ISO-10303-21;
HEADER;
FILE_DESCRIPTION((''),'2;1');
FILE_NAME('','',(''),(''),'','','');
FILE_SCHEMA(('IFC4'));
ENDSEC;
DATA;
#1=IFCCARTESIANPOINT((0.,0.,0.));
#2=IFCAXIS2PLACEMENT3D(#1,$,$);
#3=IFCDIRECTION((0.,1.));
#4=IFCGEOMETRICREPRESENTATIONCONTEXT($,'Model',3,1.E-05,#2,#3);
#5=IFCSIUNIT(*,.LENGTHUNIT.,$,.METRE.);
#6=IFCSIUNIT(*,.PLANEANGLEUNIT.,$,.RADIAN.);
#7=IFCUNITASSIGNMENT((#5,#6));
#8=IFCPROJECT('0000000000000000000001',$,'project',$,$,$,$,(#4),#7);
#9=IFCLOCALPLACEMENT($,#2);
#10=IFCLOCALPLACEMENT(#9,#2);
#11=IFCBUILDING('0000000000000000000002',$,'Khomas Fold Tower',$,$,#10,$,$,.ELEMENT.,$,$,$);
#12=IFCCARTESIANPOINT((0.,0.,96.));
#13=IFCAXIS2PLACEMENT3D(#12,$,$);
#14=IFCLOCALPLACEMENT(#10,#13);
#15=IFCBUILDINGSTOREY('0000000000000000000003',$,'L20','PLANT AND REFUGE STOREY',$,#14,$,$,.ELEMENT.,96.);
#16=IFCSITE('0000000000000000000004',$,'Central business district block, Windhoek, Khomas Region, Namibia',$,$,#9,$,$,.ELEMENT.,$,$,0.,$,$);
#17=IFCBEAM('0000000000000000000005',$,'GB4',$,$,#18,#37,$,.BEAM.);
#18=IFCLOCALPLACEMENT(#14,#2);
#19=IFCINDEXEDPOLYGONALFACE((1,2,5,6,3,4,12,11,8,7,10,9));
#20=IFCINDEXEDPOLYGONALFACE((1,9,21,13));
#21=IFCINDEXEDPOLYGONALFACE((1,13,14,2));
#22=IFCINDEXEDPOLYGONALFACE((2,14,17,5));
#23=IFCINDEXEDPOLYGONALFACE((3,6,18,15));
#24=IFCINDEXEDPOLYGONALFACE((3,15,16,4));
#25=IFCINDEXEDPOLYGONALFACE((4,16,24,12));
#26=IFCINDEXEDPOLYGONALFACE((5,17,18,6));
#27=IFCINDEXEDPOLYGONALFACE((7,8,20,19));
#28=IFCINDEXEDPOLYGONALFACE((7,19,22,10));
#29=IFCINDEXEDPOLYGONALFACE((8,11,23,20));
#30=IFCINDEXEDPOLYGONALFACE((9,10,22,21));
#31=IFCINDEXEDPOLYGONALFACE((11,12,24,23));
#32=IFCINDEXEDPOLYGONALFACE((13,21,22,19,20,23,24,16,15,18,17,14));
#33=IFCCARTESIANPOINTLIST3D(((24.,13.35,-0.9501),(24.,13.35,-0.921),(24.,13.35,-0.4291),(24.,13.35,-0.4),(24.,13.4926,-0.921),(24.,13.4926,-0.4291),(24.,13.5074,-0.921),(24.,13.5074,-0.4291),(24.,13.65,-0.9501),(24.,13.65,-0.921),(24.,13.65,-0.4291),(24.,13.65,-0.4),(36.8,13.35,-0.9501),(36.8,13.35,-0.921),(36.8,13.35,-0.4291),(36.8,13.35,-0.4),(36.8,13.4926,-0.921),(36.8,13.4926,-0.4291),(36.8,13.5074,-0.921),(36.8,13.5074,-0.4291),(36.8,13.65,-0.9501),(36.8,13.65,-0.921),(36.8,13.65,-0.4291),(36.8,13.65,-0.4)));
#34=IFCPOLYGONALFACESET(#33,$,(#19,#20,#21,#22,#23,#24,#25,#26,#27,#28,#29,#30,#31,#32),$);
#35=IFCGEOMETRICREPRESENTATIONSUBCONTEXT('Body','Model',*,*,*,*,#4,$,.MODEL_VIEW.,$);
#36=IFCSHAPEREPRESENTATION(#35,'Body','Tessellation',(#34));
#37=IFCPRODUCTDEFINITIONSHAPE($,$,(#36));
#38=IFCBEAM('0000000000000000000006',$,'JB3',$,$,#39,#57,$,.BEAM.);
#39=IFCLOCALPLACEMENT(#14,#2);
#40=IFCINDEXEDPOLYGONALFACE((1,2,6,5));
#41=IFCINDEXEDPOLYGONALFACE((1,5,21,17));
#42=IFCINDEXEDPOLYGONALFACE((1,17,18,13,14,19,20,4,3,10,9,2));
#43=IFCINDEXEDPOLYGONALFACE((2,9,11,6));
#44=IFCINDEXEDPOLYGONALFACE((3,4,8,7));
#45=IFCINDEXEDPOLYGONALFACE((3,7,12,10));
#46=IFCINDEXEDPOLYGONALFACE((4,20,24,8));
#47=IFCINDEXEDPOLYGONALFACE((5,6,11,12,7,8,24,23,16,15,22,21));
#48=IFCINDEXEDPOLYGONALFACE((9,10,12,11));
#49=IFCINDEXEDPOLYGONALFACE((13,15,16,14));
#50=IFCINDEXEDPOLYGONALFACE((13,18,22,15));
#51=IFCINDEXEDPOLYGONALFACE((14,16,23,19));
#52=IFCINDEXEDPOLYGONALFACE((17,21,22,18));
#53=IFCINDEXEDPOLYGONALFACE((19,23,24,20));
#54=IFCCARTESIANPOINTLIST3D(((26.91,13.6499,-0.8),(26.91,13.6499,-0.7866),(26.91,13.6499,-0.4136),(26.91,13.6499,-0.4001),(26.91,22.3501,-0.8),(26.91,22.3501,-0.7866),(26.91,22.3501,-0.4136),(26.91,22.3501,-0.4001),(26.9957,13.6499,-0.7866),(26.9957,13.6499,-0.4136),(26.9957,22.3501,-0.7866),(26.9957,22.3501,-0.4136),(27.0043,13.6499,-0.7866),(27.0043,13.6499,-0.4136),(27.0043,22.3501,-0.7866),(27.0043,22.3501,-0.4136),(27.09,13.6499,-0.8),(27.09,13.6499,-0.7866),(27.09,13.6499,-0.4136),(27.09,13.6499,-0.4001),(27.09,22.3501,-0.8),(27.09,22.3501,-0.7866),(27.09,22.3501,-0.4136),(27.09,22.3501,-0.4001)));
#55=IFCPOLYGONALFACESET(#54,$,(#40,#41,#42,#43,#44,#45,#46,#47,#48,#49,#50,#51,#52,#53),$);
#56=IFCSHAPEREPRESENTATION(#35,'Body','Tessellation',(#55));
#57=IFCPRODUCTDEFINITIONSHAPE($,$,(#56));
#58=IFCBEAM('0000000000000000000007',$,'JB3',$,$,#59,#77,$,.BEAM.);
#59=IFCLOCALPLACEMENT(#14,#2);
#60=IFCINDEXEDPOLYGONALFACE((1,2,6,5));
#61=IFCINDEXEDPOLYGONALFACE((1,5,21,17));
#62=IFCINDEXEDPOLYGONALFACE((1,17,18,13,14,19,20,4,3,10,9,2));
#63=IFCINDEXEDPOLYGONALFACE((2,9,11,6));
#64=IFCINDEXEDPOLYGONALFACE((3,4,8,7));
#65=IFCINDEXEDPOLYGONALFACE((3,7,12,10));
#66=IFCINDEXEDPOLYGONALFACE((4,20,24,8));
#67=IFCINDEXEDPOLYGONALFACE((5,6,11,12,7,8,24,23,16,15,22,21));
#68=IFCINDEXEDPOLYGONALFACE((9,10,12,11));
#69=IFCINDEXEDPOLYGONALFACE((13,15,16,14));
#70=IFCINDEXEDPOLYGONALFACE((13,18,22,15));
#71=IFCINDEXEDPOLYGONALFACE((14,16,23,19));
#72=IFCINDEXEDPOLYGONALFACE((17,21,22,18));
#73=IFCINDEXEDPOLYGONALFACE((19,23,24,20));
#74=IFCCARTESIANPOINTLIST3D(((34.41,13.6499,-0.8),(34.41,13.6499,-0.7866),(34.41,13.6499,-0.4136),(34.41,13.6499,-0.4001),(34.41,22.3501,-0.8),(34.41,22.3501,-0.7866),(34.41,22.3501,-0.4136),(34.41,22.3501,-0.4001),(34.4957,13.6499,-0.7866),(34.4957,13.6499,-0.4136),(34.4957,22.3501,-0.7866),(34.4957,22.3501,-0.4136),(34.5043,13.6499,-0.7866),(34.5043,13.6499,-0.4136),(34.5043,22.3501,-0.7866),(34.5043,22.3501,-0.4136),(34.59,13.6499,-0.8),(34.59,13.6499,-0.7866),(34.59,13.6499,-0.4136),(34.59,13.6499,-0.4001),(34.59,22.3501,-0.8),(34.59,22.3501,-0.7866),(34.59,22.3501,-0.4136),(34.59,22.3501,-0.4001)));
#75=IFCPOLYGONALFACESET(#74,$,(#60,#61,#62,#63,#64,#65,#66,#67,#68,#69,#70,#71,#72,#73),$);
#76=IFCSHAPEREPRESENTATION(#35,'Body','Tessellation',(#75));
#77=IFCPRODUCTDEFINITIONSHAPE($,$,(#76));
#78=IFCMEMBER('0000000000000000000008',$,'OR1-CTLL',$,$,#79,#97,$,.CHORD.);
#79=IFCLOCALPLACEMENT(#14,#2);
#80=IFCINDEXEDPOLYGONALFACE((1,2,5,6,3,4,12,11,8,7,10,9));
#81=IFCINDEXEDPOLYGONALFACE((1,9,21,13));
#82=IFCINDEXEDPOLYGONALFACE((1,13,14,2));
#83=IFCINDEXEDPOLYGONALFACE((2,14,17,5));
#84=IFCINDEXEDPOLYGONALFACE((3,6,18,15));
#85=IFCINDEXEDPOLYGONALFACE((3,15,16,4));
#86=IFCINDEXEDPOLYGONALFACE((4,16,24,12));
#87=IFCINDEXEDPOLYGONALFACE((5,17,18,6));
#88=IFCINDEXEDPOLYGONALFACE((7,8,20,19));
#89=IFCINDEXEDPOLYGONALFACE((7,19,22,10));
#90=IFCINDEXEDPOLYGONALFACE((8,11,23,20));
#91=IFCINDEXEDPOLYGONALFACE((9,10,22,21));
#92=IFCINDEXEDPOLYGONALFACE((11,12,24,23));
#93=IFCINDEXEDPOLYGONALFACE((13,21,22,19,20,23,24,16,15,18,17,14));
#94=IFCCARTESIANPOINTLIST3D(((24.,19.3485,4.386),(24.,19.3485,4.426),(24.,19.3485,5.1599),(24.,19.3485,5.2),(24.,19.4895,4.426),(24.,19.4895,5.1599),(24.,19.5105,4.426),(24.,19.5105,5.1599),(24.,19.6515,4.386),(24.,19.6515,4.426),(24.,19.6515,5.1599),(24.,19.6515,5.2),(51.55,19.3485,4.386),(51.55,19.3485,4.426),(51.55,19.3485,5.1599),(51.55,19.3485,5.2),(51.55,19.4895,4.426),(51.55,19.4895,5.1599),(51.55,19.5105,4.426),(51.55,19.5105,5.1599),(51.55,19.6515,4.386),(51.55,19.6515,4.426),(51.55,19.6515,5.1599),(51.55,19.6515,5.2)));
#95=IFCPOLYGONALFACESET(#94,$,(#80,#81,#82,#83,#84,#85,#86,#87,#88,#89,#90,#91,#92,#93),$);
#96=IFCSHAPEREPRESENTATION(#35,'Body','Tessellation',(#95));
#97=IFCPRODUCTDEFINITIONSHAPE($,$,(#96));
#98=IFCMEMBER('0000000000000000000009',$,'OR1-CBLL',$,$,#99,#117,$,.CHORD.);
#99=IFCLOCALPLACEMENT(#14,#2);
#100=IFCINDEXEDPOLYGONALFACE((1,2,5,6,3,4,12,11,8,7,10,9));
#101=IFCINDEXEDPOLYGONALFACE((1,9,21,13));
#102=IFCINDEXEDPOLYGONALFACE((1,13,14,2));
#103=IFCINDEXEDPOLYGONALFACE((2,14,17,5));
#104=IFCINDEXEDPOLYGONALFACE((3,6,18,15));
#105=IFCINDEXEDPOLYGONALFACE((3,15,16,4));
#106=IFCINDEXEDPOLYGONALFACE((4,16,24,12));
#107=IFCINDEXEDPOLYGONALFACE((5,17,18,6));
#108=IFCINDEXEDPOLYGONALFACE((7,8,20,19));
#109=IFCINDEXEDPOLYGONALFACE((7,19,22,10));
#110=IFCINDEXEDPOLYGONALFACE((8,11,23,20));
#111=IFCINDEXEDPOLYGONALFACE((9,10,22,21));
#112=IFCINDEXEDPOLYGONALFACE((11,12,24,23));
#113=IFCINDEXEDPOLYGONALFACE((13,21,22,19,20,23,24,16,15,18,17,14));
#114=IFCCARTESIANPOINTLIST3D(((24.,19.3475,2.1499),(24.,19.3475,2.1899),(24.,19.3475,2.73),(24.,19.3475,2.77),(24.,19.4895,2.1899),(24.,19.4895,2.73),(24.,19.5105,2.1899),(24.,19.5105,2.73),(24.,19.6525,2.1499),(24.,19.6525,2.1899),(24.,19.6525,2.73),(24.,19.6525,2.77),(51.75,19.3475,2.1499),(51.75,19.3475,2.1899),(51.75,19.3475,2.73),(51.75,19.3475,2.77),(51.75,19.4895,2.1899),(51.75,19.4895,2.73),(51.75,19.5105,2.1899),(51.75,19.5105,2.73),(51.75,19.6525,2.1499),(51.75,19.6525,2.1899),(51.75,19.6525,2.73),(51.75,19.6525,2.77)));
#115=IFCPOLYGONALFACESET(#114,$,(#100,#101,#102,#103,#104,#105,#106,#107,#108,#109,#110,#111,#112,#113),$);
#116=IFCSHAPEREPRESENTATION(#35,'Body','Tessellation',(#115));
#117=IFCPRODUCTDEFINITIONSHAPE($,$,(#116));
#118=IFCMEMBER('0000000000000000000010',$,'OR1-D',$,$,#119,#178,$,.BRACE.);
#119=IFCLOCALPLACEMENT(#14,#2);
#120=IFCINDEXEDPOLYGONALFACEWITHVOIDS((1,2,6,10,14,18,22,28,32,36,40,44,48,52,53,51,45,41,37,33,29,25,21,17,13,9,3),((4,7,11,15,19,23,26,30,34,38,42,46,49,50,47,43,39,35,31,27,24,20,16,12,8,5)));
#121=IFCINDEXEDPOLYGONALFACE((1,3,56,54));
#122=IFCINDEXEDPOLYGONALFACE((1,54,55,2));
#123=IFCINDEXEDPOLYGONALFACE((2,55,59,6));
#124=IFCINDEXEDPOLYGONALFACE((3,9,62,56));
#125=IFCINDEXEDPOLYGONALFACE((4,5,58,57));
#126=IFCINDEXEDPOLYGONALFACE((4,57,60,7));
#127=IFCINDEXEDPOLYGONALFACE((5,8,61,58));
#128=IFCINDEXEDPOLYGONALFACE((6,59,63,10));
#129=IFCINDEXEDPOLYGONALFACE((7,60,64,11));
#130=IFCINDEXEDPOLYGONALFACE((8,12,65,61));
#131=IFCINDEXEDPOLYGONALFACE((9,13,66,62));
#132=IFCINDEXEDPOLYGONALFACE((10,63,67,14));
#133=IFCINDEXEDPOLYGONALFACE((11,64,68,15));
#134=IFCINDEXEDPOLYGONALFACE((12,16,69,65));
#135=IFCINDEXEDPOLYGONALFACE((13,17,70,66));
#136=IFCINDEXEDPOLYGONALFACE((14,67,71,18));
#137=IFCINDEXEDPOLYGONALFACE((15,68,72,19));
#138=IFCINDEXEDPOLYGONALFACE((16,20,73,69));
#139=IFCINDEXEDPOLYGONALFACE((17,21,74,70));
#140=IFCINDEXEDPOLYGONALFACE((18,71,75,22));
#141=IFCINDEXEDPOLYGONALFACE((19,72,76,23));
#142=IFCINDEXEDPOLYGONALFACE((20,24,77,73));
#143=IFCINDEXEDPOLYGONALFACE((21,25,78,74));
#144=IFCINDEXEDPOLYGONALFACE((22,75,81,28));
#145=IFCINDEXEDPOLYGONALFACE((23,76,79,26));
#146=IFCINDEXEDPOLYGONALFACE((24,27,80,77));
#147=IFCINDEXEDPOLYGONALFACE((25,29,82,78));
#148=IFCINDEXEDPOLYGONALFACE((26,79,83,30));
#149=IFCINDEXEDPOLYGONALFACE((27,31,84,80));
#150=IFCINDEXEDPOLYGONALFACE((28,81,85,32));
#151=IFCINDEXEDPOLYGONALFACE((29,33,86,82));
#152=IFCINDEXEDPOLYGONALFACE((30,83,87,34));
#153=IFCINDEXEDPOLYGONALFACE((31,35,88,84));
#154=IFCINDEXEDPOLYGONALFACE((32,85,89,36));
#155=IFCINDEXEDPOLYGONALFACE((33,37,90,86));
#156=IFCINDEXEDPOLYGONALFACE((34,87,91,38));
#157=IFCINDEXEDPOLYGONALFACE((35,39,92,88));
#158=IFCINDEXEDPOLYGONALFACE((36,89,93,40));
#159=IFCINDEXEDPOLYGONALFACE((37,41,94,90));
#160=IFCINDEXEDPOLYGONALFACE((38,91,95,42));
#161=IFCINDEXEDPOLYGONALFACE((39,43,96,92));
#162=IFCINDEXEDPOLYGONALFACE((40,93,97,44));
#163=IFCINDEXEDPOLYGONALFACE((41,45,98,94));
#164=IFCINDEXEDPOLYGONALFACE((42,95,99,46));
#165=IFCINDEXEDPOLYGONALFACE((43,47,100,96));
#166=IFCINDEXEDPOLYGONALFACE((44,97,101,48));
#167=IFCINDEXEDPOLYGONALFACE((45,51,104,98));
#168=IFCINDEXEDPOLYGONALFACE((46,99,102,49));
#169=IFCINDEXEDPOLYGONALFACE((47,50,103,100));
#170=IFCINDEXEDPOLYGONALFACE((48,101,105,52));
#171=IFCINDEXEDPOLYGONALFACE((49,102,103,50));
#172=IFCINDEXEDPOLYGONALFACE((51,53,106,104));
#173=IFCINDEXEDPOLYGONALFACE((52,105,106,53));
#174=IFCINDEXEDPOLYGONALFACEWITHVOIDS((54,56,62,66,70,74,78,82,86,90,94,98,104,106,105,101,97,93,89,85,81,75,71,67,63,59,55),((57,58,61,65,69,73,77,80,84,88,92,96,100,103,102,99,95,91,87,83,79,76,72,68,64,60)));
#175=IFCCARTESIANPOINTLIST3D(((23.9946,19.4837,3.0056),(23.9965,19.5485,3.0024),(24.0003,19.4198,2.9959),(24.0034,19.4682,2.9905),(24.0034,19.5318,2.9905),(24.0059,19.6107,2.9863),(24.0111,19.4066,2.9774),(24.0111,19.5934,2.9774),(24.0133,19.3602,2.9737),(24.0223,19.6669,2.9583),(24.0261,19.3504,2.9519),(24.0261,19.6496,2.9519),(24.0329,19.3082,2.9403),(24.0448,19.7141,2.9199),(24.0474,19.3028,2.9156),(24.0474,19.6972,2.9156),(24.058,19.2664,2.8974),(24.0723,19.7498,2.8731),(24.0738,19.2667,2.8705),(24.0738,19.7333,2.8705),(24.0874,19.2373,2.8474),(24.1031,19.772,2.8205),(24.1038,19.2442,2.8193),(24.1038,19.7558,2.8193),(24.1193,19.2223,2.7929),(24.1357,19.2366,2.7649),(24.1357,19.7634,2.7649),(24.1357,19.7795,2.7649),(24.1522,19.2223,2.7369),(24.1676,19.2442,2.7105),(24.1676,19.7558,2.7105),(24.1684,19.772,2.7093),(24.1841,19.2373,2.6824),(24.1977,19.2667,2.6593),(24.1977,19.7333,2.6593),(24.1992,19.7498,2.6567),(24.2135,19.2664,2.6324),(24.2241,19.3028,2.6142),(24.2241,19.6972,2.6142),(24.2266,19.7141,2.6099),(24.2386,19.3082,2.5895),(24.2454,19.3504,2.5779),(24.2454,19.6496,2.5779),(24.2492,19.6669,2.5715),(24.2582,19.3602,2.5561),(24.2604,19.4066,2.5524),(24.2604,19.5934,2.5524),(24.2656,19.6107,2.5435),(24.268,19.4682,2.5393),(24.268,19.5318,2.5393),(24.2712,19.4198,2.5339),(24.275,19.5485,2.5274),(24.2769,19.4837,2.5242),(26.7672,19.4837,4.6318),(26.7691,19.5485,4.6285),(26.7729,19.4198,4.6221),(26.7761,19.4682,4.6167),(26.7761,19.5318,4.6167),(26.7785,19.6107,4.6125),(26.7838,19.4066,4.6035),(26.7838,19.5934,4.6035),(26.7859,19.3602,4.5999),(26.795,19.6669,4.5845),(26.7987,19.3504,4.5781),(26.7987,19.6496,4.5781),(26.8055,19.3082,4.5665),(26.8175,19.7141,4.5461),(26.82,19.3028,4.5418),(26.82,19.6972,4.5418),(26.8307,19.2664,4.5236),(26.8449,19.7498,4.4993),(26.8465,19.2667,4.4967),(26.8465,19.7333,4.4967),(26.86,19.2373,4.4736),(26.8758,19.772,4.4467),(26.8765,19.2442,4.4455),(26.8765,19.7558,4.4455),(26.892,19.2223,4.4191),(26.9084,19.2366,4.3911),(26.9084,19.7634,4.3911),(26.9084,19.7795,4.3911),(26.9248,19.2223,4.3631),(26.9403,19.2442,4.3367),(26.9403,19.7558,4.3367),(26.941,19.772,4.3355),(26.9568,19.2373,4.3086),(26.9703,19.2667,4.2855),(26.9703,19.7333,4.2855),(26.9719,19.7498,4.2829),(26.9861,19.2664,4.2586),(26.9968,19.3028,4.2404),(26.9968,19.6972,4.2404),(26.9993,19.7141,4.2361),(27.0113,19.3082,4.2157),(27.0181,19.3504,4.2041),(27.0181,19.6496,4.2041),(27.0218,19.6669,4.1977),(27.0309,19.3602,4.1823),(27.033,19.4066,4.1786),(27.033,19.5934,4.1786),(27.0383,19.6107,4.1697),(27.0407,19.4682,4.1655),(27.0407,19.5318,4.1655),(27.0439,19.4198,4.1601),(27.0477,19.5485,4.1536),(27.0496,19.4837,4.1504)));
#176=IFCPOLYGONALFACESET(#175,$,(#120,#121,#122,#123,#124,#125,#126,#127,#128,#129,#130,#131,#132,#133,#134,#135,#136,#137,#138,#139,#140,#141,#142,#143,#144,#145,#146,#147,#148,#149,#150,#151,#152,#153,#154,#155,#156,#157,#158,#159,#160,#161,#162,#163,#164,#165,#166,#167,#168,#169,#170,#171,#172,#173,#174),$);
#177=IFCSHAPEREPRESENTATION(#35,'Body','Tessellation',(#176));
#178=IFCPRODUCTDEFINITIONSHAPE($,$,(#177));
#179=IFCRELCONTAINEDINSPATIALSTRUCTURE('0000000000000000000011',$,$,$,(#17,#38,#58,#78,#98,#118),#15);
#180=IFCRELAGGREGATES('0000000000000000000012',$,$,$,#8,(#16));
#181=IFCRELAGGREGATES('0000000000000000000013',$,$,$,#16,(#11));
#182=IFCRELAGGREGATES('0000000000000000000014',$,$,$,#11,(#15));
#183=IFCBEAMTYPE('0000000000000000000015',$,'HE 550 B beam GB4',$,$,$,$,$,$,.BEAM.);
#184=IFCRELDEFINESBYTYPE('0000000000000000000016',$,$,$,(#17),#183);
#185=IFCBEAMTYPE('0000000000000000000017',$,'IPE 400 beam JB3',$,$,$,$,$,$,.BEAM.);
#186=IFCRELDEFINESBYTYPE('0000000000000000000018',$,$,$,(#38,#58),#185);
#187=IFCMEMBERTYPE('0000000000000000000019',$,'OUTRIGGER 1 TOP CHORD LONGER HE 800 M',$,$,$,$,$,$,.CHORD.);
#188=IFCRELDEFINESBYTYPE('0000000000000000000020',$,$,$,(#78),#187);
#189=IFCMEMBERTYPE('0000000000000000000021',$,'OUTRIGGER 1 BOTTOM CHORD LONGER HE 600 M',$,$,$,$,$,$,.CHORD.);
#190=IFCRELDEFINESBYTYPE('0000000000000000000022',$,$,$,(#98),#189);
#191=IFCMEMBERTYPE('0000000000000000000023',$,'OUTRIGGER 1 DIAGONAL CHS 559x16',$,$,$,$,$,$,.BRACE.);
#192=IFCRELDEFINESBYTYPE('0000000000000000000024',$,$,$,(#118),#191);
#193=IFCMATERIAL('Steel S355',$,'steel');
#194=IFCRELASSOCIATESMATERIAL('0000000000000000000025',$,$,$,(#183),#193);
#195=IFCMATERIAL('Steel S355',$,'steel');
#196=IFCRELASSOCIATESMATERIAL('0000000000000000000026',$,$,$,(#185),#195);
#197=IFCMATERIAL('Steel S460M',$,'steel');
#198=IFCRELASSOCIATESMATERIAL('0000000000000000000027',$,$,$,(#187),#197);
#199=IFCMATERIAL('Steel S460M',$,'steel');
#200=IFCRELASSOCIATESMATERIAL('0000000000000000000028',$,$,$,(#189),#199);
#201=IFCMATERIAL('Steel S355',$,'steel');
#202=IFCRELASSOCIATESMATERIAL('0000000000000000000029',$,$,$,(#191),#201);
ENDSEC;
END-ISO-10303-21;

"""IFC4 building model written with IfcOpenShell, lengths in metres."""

from ifc_helpers import new_model, si_unit, direction, frame, origin, origin_2d, place, context, subcontext, project, spatial, hollow_circle, i_section, extrude, source, transform, mapped, material, material_profile, profile_set, type_object, element, save


model = new_model("IFC4")

# Units and contexts
model_context = context("Model", 3, precision=1e-05, world=origin(), true_north=direction((0.0, 1.0)))
body_context = subcontext(model_context, "Body", "Model", "MODEL_VIEW")
ifc_project = project(units=[si_unit("LENGTHUNIT", "METRE"), si_unit("PLANEANGLEUNIT", "RADIAN")], contexts=[model_context])

# Site, building, storey
site_placement = place(None, origin())
site = spatial("IfcSite", under=ifc_project, at=site_placement, Name="Central business district block, Windhoek, Khomas Region, Namibia", CompositionType="ELEMENT", RefElevation=0.0)
building_placement = place(site_placement, origin())
building = spatial("IfcBuilding", under=site, at=building_placement, Name="Khomas Fold Tower", CompositionType="ELEMENT")
storey_placement = place(building_placement, frame((0.0, 0.0, 96.0)))
storey = spatial("IfcBuildingStorey", under=building, at=storey_placement, Name="L20", Description="PLANT AND REFUGE STOREY", CompositionType="ELEMENT", Elevation=96.0)

# Beams
ifc_material_1 = material(Name="Steel S355", Category="steel")
ifc_material_profile_1 = material_profile(ifc_material_1, i_section(OverallWidth=0.3, OverallDepth=0.55, WebThickness=0.0149, FlangeThickness=0.0291, at=origin_2d()), Name="HE 550 B")
ifc_profile_set_1 = profile_set([ifc_material_profile_1], Name="Steel S355")
beam_type_1 = type_object("IfcBeamType", Name="HE 550 B beam GB4", PredefinedType="BEAM", material=ifc_profile_set_1)
shared_shape_1 = source(origin(), body_context, "Body", "SweptSolid", [
    extrude(i_section(OverallWidth=0.3, OverallDepth=0.55, WebThickness=0.0149, FlangeThickness=0.0291, at=origin_2d()), origin(), (0.0, 0.0, 1.0), 12.8),
])
beam_placement = place(storey_placement, frame((24.0, 13.5, -0.675), z_axis=(1.0, 0.0, 0.0), x_axis=(0.0, 1.0, 0.0)))
element("IfcBeam", 1, at=beam_placement, inside=storey, type_object=beam_type_1, Name="GB4", PredefinedType="BEAM", context=body_context, shape_type="MappedRepresentation", body=[
    mapped(shared_shape_1, transform((0.0, 0.0, 0.0))),
])
ifc_material_2 = material(Name="Steel S355", Category="steel")
ifc_material_profile_2 = material_profile(ifc_material_2, i_section(OverallWidth=0.1799, OverallDepth=0.3999, WebThickness=0.0085, FlangeThickness=0.0134, at=origin_2d()), Name="IPE 400")
ifc_profile_set_2 = profile_set([ifc_material_profile_2], Name="Steel S355")
beam_type_2 = type_object("IfcBeamType", Name="IPE 400 beam JB3", PredefinedType="BEAM", material=ifc_profile_set_2)
shared_shape_2 = source(origin(), body_context, "Body", "SweptSolid", [
    extrude(i_section(OverallWidth=0.1799, OverallDepth=0.3999, WebThickness=0.0085, FlangeThickness=0.0134, at=origin_2d()), origin(), (0.0, 0.0, 1.0), 8.7002),
])
for number, where, z_axis, x_axis, name in (
    (2, (27.0, 13.6499, -0.6001), (0.0, 1.0, 0.0), (-1.0, 0.0, 0.0), "JB3"),
    (3, (34.5, 13.6499, -0.6001), (0.0, 1.0, 0.0), (-1.0, 0.0, 0.0), "JB3"),
):
    element("IfcBeam", number, at=place(storey_placement, frame(where, z_axis=z_axis, x_axis=x_axis)), inside=storey, type_object=beam_type_2, Name=name, PredefinedType="BEAM", context=body_context, shape_type="MappedRepresentation", body=[
        mapped(shared_shape_2, transform((0.0, 0.0, 0.0))),
    ])

# Members
ifc_material_3 = material(Name="Steel S460M", Category="steel")
ifc_material_profile_3 = material_profile(ifc_material_3, i_section(OverallWidth=0.303, OverallDepth=0.814, WebThickness=0.021, FlangeThickness=0.04, at=origin_2d()), Name="HE 800 M")
ifc_profile_set_3 = profile_set([ifc_material_profile_3], Name="Steel S460M")
member_type_1 = type_object("IfcMemberType", Name="OUTRIGGER 1 TOP CHORD LONGER HE 800 M", PredefinedType="CHORD", material=ifc_profile_set_3)
shared_shape_3 = source(origin(), body_context, "Body", "SweptSolid", [
    extrude(i_section(OverallWidth=0.303, OverallDepth=0.814, WebThickness=0.021, FlangeThickness=0.04, at=origin_2d()), origin(), (0.0, 0.0, 1.0), 27.55),
])
member_1_placement = place(storey_placement, frame((24.0, 19.5, 4.793), z_axis=(1.0, 0.0, 0.0), x_axis=(0.0, 1.0, 0.0)))
element("IfcMember", 4, at=member_1_placement, inside=storey, type_object=member_type_1, Name="OR1-CTLL", PredefinedType="CHORD", context=body_context, shape_type="MappedRepresentation", body=[
    mapped(shared_shape_3, transform((0.0, 0.0, 0.0))),
])
ifc_material_4 = material(Name="Steel S460M", Category="steel")
ifc_material_profile_4 = material_profile(ifc_material_4, i_section(OverallWidth=0.3049, OverallDepth=0.6201, WebThickness=0.021, FlangeThickness=0.04, at=origin_2d()), Name="HE 600 M")
ifc_profile_set_4 = profile_set([ifc_material_profile_4], Name="Steel S460M")
member_type_2 = type_object("IfcMemberType", Name="OUTRIGGER 1 BOTTOM CHORD LONGER HE 600 M", PredefinedType="CHORD", material=ifc_profile_set_4)
shared_shape_4 = source(origin(), body_context, "Body", "SweptSolid", [
    extrude(i_section(OverallWidth=0.3049, OverallDepth=0.6201, WebThickness=0.021, FlangeThickness=0.04, at=origin_2d()), origin(), (0.0, 0.0, 1.0), 27.75),
])
member_2_placement = place(storey_placement, frame((24.0, 19.5, 2.46), z_axis=(1.0, 0.0, 0.0), x_axis=(0.0, 1.0, 0.0)))
element("IfcMember", 5, at=member_2_placement, inside=storey, type_object=member_type_2, Name="OR1-CBLL", PredefinedType="CHORD", context=body_context, shape_type="MappedRepresentation", body=[
    mapped(shared_shape_4, transform((0.0, 0.0, 0.0))),
])
ifc_material_5 = material(Name="Steel S355", Category="steel")
ifc_material_profile_5 = material_profile(ifc_material_5, hollow_circle(Radius=0.2795, WallThickness=0.0161, at=origin_2d()), Name="CHS 559x16")
ifc_profile_set_5 = profile_set([ifc_material_profile_5], Name="Steel S355")
member_type_3 = type_object("IfcMemberType", Name="OUTRIGGER 1 DIAGONAL CHS 559x16", PredefinedType="BRACE", material=ifc_profile_set_5)
shared_shape_5 = source(origin(), body_context, "Body", "SweptSolid", [
    extrude(hollow_circle(Radius=0.2795, WallThickness=0.0161, at=origin_2d()), origin(), (0.0, 0.0, 1.0), 3.2144),
])
member_3_placement = place(storey_placement, frame((24.1357, 19.5, 2.7649), z_axis=(0.862584, 0.0, 0.505914), x_axis=(0.0, 1.0, 0.0)))
element("IfcMember", 6, at=member_3_placement, inside=storey, type_object=member_type_3, Name="OR1-D", PredefinedType="BRACE", context=body_context, shape_type="MappedRepresentation", body=[
    mapped(shared_shape_5, transform((0.0, 0.0, 0.0))),
])

save(model, "model.ifc")
